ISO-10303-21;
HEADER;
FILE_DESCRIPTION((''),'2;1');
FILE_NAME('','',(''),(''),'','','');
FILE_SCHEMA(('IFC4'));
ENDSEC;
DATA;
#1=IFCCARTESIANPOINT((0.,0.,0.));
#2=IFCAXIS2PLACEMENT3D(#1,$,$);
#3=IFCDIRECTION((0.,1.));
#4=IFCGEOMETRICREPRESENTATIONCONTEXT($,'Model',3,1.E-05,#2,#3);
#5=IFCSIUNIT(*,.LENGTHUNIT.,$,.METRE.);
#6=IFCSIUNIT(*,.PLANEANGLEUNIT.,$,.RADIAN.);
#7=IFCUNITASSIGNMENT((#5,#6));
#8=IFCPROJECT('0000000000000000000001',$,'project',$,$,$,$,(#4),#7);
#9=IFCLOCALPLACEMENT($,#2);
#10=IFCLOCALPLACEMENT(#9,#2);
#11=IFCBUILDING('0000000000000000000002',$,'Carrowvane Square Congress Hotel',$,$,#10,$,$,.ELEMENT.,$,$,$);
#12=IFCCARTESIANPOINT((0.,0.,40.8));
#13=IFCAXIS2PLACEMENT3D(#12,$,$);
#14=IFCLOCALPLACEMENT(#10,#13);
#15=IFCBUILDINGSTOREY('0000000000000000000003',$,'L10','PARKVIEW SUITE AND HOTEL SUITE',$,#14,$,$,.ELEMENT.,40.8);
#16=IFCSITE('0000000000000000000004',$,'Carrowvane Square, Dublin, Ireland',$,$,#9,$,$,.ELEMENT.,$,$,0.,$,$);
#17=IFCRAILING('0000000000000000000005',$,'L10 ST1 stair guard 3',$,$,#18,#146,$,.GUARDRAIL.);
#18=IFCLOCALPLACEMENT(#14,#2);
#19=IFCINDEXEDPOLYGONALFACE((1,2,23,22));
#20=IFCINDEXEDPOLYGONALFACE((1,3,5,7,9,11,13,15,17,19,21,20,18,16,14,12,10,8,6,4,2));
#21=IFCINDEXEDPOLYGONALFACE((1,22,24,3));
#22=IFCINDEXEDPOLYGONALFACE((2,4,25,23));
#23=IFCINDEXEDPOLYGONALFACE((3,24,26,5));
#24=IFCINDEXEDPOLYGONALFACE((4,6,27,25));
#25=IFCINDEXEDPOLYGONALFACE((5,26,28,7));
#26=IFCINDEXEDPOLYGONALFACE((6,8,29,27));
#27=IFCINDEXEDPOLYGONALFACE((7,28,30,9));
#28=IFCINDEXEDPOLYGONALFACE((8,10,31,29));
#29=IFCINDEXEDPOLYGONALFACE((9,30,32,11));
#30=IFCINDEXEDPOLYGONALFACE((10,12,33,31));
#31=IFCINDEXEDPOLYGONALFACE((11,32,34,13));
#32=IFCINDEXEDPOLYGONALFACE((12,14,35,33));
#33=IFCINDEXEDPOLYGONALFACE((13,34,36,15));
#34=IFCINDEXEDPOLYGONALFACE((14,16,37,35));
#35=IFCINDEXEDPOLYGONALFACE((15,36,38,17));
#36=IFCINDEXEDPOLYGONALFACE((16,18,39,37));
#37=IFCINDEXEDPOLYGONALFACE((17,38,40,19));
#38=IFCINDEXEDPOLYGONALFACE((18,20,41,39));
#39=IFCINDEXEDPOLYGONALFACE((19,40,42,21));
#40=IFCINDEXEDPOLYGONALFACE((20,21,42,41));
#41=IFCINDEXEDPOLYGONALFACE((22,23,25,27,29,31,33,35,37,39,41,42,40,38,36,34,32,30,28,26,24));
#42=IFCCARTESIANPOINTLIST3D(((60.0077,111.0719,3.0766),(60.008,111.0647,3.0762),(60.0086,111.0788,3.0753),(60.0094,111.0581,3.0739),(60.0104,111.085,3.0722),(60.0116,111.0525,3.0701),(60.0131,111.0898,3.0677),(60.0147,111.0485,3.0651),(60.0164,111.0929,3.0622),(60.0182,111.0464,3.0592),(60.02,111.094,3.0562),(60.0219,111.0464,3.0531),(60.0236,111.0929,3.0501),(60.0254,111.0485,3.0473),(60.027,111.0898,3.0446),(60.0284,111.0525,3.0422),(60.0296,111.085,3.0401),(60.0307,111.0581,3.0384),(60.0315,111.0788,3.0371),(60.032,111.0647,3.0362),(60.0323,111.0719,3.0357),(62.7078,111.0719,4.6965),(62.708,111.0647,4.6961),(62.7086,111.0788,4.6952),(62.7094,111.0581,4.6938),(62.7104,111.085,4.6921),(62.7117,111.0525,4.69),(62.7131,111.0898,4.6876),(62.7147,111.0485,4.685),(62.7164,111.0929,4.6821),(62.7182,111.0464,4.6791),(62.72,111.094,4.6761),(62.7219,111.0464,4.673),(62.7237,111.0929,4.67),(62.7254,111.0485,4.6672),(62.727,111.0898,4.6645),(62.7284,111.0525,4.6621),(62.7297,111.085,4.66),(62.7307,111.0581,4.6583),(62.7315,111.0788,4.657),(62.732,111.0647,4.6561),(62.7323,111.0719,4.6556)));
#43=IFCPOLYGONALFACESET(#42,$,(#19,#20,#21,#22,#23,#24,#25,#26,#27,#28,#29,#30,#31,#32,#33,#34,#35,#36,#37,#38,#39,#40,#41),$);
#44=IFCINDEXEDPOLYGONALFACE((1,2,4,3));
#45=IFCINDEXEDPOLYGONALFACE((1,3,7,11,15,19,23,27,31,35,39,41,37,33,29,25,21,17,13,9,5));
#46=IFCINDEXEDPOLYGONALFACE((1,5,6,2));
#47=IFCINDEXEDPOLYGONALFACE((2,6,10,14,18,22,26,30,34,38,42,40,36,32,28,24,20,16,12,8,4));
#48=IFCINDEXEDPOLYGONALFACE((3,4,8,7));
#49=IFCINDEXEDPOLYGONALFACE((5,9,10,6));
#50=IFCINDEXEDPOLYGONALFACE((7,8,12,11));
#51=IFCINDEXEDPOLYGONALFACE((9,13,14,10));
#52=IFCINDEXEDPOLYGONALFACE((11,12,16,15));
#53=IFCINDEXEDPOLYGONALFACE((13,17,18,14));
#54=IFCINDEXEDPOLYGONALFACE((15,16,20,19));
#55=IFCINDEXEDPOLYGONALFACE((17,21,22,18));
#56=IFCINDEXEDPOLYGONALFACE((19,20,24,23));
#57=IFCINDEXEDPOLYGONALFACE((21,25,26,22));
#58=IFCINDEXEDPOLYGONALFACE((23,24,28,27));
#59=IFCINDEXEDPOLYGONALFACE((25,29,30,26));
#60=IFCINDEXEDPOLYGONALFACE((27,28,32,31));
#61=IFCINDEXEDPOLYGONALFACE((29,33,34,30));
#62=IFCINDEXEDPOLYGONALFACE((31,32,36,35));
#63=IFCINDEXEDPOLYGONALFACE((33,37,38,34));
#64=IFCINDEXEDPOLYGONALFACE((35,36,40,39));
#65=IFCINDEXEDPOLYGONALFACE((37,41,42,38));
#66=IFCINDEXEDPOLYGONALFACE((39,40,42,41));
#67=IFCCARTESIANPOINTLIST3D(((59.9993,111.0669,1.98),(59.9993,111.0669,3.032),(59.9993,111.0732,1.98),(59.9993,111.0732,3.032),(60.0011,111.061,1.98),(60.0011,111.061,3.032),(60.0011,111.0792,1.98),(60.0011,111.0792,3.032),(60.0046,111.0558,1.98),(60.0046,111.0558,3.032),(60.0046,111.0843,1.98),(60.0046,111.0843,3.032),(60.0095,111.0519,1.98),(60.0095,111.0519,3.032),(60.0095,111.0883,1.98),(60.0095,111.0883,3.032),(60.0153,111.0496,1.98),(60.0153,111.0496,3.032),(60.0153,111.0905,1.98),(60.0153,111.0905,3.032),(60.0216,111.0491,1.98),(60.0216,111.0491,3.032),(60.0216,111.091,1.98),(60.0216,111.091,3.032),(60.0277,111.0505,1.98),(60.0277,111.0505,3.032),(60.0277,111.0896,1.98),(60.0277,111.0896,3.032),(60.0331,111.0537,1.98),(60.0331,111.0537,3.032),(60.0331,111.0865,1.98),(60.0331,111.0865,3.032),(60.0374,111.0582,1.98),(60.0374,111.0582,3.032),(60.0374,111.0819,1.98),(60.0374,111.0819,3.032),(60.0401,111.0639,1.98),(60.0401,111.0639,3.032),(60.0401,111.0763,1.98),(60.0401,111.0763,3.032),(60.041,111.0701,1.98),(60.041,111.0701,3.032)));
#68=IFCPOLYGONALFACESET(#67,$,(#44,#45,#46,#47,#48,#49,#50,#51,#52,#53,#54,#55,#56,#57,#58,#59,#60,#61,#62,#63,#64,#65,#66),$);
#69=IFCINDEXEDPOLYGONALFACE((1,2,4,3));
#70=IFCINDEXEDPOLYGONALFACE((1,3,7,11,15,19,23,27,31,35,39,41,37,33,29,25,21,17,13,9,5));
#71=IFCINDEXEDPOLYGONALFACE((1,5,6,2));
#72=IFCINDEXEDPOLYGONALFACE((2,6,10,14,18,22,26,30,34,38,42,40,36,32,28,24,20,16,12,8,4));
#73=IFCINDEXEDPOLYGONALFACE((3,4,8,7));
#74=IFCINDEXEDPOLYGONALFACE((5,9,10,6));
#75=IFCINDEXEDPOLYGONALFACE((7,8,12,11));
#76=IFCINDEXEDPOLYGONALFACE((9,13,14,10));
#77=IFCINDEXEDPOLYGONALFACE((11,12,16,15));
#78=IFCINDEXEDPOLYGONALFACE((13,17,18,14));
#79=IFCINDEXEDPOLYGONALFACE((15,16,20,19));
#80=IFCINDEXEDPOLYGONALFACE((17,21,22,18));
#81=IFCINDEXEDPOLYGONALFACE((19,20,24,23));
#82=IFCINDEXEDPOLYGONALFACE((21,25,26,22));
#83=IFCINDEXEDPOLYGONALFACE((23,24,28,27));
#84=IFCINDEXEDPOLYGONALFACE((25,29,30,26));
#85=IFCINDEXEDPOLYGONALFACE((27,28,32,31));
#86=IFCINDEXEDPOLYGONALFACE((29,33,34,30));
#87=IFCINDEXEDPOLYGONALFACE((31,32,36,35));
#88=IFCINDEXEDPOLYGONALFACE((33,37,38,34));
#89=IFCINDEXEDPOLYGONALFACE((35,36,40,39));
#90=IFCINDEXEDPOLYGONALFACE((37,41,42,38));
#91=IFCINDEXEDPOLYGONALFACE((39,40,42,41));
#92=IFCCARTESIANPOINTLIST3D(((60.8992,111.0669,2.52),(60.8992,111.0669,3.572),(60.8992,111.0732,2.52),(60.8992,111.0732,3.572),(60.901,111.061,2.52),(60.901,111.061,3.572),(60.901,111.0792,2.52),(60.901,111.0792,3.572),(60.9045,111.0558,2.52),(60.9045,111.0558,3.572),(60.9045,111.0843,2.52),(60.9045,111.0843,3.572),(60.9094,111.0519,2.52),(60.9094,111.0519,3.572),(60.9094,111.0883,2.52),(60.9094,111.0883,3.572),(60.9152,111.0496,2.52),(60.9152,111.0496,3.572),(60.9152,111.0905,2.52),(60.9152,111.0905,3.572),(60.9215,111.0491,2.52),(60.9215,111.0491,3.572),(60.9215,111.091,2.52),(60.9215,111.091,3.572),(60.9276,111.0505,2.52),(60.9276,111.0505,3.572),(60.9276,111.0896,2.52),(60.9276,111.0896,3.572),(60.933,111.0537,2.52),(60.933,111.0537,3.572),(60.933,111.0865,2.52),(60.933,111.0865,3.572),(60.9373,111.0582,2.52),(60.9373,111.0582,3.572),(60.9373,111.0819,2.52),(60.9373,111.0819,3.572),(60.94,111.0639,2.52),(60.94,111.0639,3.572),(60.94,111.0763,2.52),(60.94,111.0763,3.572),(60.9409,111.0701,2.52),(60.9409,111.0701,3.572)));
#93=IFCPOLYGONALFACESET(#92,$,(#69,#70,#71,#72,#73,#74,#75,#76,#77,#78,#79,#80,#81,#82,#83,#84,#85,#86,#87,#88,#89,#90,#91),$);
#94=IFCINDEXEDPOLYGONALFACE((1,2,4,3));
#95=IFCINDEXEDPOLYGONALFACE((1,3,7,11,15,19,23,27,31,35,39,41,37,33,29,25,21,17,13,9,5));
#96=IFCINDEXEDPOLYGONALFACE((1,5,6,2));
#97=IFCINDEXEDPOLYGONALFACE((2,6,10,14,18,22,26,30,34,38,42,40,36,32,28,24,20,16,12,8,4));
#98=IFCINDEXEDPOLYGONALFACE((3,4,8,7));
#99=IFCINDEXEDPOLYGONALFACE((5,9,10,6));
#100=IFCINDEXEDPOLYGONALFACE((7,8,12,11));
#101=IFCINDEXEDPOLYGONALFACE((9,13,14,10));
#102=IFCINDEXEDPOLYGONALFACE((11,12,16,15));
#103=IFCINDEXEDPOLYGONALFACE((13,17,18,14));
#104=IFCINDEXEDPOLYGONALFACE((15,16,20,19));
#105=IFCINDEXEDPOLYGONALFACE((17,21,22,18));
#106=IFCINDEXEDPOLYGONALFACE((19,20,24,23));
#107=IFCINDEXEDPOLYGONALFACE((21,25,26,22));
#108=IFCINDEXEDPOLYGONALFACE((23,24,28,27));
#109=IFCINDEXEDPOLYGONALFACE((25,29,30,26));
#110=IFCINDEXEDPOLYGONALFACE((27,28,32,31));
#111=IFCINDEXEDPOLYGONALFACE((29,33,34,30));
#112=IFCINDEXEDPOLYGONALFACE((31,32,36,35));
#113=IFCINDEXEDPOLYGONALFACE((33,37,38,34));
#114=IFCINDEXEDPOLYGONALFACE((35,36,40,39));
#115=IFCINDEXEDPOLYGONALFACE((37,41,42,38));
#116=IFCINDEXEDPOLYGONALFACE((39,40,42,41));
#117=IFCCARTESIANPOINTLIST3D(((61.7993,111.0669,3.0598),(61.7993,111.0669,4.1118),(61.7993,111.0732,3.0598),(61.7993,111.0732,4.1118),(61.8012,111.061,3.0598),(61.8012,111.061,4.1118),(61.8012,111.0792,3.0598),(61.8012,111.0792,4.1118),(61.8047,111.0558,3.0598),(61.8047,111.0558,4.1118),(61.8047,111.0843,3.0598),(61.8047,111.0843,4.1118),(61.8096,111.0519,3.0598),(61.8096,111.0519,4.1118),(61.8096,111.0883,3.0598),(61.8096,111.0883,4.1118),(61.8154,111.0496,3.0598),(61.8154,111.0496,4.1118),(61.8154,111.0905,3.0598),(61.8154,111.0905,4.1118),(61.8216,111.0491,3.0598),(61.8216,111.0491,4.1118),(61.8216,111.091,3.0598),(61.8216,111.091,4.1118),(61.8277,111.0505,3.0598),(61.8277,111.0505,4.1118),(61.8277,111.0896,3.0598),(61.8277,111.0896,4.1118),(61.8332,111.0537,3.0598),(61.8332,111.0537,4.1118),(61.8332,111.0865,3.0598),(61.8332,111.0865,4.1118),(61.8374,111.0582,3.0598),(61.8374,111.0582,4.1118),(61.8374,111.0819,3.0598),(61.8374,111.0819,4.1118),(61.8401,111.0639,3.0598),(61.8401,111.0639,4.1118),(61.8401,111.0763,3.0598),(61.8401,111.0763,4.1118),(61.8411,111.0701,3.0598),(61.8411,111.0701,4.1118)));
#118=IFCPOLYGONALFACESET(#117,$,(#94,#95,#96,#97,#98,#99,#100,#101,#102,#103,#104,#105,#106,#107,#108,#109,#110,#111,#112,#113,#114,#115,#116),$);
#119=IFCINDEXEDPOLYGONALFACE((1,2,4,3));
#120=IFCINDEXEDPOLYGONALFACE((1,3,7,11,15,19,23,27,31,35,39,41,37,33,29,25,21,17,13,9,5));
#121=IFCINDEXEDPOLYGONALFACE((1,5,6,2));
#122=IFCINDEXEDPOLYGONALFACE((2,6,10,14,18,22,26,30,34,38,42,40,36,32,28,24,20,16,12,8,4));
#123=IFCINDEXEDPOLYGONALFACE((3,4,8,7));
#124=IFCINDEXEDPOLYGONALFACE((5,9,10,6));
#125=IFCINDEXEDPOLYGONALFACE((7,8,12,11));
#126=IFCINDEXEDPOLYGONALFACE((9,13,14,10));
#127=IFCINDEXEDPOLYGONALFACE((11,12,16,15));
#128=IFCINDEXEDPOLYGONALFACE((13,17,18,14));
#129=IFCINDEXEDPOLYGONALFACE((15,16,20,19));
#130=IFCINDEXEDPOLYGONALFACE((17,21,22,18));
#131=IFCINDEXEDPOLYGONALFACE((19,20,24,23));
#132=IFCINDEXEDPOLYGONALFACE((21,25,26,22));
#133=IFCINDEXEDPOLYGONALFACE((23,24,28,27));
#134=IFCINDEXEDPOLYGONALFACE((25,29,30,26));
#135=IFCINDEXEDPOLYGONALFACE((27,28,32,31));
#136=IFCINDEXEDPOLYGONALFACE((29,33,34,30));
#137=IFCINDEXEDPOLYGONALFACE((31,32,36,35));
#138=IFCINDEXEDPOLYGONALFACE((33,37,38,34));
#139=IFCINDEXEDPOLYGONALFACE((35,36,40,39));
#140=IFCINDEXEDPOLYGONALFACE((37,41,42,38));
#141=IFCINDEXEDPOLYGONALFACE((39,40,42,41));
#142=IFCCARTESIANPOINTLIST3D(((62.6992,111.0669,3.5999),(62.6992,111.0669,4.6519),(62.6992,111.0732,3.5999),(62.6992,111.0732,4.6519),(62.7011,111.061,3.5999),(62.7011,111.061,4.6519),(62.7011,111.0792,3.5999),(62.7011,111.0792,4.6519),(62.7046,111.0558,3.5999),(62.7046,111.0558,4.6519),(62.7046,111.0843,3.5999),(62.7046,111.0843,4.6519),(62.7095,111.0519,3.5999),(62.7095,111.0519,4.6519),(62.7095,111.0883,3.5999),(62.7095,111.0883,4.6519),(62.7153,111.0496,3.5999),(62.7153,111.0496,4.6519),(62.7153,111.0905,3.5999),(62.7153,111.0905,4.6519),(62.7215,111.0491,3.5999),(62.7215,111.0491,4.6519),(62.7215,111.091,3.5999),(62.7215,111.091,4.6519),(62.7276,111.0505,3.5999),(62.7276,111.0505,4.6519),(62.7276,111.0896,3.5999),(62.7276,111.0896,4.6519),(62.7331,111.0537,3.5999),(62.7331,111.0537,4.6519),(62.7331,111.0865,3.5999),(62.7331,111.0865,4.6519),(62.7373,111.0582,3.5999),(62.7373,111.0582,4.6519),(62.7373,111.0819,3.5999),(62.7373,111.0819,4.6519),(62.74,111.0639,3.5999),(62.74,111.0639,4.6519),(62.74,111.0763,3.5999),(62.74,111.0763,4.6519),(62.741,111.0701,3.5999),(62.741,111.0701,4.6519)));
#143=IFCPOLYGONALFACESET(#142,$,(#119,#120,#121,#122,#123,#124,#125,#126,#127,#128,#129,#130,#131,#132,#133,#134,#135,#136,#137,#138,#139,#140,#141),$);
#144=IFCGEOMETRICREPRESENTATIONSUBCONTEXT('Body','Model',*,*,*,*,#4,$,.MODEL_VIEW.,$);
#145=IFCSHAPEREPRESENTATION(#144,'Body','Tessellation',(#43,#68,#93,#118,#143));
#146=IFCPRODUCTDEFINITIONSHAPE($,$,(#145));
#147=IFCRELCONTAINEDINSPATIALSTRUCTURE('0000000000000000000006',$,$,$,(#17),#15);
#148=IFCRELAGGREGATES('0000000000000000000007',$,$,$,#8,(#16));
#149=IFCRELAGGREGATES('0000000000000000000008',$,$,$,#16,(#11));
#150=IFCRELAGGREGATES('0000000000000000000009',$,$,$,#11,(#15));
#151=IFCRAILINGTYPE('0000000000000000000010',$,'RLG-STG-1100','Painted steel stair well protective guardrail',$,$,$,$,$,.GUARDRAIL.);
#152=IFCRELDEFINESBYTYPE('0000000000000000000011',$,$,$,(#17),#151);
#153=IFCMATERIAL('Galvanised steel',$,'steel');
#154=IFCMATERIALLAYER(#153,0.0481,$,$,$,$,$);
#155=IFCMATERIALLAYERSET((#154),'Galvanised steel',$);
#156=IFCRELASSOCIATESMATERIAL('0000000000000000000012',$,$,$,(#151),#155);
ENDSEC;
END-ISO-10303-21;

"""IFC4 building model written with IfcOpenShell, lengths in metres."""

from ifc_helpers import new_model, si_unit, direction, frame, origin, origin_2d, place, context, subcontext, project, spatial, circle, extrude, material, layer, layer_set, type_object, element, save


model = new_model("IFC4")

# Units and contexts
model_context = context("Model", 3, precision=1e-05, world=origin(), true_north=direction((0.0, 1.0)))
body_context = subcontext(model_context, "Body", "Model", "MODEL_VIEW")
ifc_project = project(units=[si_unit("LENGTHUNIT", "METRE"), si_unit("PLANEANGLEUNIT", "RADIAN")], contexts=[model_context])

# Site, building, storey
site_placement = place(None, origin())
site = spatial("IfcSite", under=ifc_project, at=site_placement, Name="Carrowvane Square, Dublin, Ireland", CompositionType="ELEMENT", RefElevation=0.0)
building_placement = place(site_placement, origin())
building = spatial("IfcBuilding", under=site, at=building_placement, Name="Carrowvane Square Congress Hotel", CompositionType="ELEMENT")
storey_placement = place(building_placement, frame((0.0, 0.0, 40.8)))
storey = spatial("IfcBuildingStorey", under=building, at=storey_placement, Name="L10", Description="PARKVIEW SUITE AND HOTEL SUITE", CompositionType="ELEMENT", Elevation=40.8)

# Railing
ifc_material_1 = material(Name="Galvanised steel", Category="steel")
ifc_layer_1 = layer(ifc_material_1, 0.0481)
ifc_layer_set_1 = layer_set([ifc_layer_1], Name="Galvanised steel")
railing_type_1 = type_object("IfcRailingType", Name="RLG-STG-1100", Description="Painted steel stair well protective guardrail", PredefinedType="GUARDRAIL", material=ifc_layer_set_1)
railing_1_placement = place(storey_placement, frame((60.02, 111.0701, 1.98)))
element("IfcRailing", 1, at=railing_1_placement, inside=storey, type_object=railing_type_1, Name="L10 ST1 stair guard 3", PredefinedType="GUARDRAIL", context=body_context, shape_type="SweptSolid", body=[
    extrude(circle(Radius=0.0239, at=origin_2d()), frame((0.0, 0.0, 1.0762), z_axis=(0.857507, 0.0, 0.514473), x_axis=(0.0, 1.0, 0.0)), (0.0, 0.0, 1.0), 3.1487),
    extrude(circle(Radius=0.021, at=origin_2d()), origin(), (0.0, 0.0, 1.0), 1.052),
    extrude(circle(Radius=0.021, at=origin_2d()), frame((0.8999, 0.0, 0.54)), (0.0, 0.0, 1.0), 1.052),
    extrude(circle(Radius=0.021, at=origin_2d()), frame((1.8, 0.0, 1.0798)), (0.0, 0.0, 1.0), 1.052),
    extrude(circle(Radius=0.021, at=origin_2d()), frame((2.7, 0.0, 1.6199)), (0.0, 0.0, 1.0), 1.052),
])

save(model, "model.ifc")
